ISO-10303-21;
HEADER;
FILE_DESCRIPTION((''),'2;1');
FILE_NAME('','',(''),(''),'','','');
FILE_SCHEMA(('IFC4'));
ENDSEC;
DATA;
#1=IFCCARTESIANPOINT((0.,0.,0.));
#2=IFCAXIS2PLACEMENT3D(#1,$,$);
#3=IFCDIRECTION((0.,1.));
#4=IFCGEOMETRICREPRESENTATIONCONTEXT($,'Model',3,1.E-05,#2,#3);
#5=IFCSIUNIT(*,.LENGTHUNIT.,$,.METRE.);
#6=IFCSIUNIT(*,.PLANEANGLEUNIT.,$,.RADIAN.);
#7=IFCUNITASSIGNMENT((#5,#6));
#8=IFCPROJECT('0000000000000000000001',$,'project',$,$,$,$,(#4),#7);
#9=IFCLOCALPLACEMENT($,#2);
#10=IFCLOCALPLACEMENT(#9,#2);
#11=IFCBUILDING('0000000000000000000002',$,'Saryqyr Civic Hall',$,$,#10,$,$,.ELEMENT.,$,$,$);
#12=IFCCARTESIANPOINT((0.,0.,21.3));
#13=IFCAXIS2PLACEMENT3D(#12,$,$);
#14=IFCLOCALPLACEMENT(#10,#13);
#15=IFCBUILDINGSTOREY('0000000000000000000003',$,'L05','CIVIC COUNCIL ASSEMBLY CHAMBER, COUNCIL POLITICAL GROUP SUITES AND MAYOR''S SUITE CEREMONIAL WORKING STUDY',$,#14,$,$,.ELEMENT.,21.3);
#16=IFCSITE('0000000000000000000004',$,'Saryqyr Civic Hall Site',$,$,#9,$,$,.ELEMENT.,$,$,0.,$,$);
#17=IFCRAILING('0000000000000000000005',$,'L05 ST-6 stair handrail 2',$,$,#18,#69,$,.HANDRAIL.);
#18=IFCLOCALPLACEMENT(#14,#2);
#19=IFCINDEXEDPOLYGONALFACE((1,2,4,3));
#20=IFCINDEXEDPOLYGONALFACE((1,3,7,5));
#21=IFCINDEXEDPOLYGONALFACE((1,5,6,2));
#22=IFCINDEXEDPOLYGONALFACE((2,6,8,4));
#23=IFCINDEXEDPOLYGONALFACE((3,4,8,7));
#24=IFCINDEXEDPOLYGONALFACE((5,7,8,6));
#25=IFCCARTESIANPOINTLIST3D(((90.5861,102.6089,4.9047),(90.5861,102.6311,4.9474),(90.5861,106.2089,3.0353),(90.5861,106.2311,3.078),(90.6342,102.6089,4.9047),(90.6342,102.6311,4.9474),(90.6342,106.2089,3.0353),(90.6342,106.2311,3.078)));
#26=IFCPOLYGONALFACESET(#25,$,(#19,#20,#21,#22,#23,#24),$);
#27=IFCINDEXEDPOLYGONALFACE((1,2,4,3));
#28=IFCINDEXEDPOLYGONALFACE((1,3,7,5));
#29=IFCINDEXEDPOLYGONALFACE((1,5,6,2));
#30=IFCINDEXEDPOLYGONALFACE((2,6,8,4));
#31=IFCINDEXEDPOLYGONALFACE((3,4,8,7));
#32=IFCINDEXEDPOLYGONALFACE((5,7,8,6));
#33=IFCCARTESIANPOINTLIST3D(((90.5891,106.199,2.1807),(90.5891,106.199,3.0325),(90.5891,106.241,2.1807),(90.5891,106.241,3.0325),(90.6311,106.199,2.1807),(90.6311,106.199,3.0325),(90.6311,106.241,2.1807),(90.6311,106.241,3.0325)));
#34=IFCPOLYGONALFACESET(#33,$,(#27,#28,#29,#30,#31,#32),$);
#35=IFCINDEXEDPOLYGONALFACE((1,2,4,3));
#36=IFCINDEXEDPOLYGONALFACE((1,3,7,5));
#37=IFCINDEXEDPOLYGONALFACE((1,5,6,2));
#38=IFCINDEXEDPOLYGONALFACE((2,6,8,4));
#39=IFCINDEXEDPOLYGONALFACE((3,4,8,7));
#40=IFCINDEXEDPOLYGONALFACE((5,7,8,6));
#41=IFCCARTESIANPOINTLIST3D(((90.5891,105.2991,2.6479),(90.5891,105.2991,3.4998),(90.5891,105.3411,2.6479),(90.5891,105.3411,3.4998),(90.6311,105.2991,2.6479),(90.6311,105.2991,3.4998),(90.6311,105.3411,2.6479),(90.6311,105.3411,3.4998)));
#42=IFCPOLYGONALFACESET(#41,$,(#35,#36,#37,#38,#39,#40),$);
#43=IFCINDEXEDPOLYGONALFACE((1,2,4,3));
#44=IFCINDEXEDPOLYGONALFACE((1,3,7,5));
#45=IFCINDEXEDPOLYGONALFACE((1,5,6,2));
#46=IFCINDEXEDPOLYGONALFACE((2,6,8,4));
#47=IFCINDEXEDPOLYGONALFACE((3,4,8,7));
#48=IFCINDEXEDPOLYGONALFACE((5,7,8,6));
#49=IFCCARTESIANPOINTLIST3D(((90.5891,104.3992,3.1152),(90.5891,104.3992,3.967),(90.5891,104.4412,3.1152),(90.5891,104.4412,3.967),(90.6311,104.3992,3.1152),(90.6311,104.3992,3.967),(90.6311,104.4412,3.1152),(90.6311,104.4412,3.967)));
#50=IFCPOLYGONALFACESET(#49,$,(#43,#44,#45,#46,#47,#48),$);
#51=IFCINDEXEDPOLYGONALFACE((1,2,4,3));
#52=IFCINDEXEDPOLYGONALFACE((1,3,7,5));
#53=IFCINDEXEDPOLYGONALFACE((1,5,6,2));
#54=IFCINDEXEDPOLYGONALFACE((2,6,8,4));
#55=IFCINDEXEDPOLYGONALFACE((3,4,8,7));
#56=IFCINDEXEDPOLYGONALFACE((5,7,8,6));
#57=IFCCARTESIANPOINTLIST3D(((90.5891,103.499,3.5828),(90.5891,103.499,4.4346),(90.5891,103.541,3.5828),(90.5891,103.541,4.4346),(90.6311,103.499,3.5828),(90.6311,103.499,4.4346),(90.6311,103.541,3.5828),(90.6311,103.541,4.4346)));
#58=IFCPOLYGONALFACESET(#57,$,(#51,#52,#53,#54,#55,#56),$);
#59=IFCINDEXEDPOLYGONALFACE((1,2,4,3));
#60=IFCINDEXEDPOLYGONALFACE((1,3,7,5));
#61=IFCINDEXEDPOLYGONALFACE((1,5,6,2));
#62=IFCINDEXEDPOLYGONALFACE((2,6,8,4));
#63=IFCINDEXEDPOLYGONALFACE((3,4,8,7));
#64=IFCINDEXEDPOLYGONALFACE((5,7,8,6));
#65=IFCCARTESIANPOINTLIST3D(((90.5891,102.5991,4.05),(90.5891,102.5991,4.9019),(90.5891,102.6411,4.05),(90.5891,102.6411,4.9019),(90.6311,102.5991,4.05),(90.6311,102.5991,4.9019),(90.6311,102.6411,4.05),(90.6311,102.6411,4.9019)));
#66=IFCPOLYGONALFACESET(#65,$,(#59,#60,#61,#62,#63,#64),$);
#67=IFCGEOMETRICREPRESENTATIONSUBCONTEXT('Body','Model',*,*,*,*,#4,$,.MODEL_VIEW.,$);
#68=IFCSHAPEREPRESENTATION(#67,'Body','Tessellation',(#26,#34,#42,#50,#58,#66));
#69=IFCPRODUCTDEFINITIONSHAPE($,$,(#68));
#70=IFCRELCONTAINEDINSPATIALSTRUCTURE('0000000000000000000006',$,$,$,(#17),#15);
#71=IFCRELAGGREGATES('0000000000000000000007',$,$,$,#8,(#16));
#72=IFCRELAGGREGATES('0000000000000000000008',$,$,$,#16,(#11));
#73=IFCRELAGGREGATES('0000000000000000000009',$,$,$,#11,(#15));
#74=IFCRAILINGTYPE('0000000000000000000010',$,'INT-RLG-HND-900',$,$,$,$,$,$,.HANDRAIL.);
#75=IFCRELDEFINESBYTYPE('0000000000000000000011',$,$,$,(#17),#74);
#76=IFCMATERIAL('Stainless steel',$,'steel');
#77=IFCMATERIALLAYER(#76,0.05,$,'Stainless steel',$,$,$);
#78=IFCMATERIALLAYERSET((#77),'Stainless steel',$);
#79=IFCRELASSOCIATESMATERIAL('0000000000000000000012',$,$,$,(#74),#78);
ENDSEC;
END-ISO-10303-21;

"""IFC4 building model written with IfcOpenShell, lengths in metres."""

from ifc_helpers import new_model, si_unit, direction, frame, origin, origin_2d, place, context, subcontext, project, spatial, rectangle, extrude, material, layer, layer_set, type_object, element, save


model = new_model("IFC4")

# Units and contexts
model_context = context("Model", 3, precision=1e-05, world=origin(), true_north=direction((0.0, 1.0)))
body_context = subcontext(model_context, "Body", "Model", "MODEL_VIEW")
ifc_project = project(units=[si_unit("LENGTHUNIT", "METRE"), si_unit("PLANEANGLEUNIT", "RADIAN")], contexts=[model_context])

# Site, building, storey
site_placement = place(None, origin())
site = spatial("IfcSite", under=ifc_project, at=site_placement, Name="Saryqyr Civic Hall Site", CompositionType="ELEMENT", RefElevation=0.0)
building_placement = place(site_placement, origin())
building = spatial("IfcBuilding", under=site, at=building_placement, Name="Saryqyr Civic Hall", CompositionType="ELEMENT")
storey_placement = place(building_placement, frame((0.0, 0.0, 21.3)))
storey = spatial("IfcBuildingStorey", under=building, at=storey_placement, Name="L05", Description="CIVIC COUNCIL ASSEMBLY CHAMBER, COUNCIL POLITICAL GROUP SUITES AND MAYOR'S SUITE CEREMONIAL WORKING STUDY", CompositionType="ELEMENT", Elevation=21.3)

# Railing
ifc_material_1 = material(Name="Stainless steel", Category="steel")
ifc_layer_1 = layer(ifc_material_1, 0.05, Name="Stainless steel")
ifc_layer_set_1 = layer_set([ifc_layer_1], Name="Stainless steel")
railing_type_1 = type_object("IfcRailingType", Name="INT-RLG-HND-900", PredefinedType="HANDRAIL", material=ifc_layer_set_1)
railing_1_placement = place(storey_placement, frame((90.6101, 106.22, 2.1807)))
element("IfcRailing", 1, at=railing_1_placement, inside=storey, type_object=railing_type_1, Name="L05 ST-6 stair handrail 2", PredefinedType="HANDRAIL", context=body_context, shape_type="SweptSolid", body=[
    extrude(rectangle(XDim=0.0481, YDim=0.0481, at=origin_2d()), frame((0.0, 0.0, 0.876), z_axis=(0.0, -0.887473, 0.46086), x_axis=(1.0, 0.0, 0.0)), (0.0, 0.0, 1.0), 4.0564),
    extrude(rectangle(XDim=0.042, YDim=0.042, at=origin_2d()), origin(), (0.0, 0.0, 1.0), 0.8518),
    extrude(rectangle(XDim=0.042, YDim=0.042, at=origin_2d()), frame((0.0, -0.8999, 0.4673)), (0.0, 0.0, 1.0), 0.8518),
    extrude(rectangle(XDim=0.042, YDim=0.042, at=origin_2d()), frame((0.0, -1.7998, 0.9346)), (0.0, 0.0, 1.0), 0.8518),
    extrude(rectangle(XDim=0.042, YDim=0.042, at=origin_2d()), frame((0.0, -2.7, 1.4021)), (0.0, 0.0, 1.0), 0.8518),
    extrude(rectangle(XDim=0.042, YDim=0.042, at=origin_2d()), frame((0.0, -3.5999, 1.8694)), (0.0, 0.0, 1.0), 0.8518),
])

save(model, "model.ifc")
